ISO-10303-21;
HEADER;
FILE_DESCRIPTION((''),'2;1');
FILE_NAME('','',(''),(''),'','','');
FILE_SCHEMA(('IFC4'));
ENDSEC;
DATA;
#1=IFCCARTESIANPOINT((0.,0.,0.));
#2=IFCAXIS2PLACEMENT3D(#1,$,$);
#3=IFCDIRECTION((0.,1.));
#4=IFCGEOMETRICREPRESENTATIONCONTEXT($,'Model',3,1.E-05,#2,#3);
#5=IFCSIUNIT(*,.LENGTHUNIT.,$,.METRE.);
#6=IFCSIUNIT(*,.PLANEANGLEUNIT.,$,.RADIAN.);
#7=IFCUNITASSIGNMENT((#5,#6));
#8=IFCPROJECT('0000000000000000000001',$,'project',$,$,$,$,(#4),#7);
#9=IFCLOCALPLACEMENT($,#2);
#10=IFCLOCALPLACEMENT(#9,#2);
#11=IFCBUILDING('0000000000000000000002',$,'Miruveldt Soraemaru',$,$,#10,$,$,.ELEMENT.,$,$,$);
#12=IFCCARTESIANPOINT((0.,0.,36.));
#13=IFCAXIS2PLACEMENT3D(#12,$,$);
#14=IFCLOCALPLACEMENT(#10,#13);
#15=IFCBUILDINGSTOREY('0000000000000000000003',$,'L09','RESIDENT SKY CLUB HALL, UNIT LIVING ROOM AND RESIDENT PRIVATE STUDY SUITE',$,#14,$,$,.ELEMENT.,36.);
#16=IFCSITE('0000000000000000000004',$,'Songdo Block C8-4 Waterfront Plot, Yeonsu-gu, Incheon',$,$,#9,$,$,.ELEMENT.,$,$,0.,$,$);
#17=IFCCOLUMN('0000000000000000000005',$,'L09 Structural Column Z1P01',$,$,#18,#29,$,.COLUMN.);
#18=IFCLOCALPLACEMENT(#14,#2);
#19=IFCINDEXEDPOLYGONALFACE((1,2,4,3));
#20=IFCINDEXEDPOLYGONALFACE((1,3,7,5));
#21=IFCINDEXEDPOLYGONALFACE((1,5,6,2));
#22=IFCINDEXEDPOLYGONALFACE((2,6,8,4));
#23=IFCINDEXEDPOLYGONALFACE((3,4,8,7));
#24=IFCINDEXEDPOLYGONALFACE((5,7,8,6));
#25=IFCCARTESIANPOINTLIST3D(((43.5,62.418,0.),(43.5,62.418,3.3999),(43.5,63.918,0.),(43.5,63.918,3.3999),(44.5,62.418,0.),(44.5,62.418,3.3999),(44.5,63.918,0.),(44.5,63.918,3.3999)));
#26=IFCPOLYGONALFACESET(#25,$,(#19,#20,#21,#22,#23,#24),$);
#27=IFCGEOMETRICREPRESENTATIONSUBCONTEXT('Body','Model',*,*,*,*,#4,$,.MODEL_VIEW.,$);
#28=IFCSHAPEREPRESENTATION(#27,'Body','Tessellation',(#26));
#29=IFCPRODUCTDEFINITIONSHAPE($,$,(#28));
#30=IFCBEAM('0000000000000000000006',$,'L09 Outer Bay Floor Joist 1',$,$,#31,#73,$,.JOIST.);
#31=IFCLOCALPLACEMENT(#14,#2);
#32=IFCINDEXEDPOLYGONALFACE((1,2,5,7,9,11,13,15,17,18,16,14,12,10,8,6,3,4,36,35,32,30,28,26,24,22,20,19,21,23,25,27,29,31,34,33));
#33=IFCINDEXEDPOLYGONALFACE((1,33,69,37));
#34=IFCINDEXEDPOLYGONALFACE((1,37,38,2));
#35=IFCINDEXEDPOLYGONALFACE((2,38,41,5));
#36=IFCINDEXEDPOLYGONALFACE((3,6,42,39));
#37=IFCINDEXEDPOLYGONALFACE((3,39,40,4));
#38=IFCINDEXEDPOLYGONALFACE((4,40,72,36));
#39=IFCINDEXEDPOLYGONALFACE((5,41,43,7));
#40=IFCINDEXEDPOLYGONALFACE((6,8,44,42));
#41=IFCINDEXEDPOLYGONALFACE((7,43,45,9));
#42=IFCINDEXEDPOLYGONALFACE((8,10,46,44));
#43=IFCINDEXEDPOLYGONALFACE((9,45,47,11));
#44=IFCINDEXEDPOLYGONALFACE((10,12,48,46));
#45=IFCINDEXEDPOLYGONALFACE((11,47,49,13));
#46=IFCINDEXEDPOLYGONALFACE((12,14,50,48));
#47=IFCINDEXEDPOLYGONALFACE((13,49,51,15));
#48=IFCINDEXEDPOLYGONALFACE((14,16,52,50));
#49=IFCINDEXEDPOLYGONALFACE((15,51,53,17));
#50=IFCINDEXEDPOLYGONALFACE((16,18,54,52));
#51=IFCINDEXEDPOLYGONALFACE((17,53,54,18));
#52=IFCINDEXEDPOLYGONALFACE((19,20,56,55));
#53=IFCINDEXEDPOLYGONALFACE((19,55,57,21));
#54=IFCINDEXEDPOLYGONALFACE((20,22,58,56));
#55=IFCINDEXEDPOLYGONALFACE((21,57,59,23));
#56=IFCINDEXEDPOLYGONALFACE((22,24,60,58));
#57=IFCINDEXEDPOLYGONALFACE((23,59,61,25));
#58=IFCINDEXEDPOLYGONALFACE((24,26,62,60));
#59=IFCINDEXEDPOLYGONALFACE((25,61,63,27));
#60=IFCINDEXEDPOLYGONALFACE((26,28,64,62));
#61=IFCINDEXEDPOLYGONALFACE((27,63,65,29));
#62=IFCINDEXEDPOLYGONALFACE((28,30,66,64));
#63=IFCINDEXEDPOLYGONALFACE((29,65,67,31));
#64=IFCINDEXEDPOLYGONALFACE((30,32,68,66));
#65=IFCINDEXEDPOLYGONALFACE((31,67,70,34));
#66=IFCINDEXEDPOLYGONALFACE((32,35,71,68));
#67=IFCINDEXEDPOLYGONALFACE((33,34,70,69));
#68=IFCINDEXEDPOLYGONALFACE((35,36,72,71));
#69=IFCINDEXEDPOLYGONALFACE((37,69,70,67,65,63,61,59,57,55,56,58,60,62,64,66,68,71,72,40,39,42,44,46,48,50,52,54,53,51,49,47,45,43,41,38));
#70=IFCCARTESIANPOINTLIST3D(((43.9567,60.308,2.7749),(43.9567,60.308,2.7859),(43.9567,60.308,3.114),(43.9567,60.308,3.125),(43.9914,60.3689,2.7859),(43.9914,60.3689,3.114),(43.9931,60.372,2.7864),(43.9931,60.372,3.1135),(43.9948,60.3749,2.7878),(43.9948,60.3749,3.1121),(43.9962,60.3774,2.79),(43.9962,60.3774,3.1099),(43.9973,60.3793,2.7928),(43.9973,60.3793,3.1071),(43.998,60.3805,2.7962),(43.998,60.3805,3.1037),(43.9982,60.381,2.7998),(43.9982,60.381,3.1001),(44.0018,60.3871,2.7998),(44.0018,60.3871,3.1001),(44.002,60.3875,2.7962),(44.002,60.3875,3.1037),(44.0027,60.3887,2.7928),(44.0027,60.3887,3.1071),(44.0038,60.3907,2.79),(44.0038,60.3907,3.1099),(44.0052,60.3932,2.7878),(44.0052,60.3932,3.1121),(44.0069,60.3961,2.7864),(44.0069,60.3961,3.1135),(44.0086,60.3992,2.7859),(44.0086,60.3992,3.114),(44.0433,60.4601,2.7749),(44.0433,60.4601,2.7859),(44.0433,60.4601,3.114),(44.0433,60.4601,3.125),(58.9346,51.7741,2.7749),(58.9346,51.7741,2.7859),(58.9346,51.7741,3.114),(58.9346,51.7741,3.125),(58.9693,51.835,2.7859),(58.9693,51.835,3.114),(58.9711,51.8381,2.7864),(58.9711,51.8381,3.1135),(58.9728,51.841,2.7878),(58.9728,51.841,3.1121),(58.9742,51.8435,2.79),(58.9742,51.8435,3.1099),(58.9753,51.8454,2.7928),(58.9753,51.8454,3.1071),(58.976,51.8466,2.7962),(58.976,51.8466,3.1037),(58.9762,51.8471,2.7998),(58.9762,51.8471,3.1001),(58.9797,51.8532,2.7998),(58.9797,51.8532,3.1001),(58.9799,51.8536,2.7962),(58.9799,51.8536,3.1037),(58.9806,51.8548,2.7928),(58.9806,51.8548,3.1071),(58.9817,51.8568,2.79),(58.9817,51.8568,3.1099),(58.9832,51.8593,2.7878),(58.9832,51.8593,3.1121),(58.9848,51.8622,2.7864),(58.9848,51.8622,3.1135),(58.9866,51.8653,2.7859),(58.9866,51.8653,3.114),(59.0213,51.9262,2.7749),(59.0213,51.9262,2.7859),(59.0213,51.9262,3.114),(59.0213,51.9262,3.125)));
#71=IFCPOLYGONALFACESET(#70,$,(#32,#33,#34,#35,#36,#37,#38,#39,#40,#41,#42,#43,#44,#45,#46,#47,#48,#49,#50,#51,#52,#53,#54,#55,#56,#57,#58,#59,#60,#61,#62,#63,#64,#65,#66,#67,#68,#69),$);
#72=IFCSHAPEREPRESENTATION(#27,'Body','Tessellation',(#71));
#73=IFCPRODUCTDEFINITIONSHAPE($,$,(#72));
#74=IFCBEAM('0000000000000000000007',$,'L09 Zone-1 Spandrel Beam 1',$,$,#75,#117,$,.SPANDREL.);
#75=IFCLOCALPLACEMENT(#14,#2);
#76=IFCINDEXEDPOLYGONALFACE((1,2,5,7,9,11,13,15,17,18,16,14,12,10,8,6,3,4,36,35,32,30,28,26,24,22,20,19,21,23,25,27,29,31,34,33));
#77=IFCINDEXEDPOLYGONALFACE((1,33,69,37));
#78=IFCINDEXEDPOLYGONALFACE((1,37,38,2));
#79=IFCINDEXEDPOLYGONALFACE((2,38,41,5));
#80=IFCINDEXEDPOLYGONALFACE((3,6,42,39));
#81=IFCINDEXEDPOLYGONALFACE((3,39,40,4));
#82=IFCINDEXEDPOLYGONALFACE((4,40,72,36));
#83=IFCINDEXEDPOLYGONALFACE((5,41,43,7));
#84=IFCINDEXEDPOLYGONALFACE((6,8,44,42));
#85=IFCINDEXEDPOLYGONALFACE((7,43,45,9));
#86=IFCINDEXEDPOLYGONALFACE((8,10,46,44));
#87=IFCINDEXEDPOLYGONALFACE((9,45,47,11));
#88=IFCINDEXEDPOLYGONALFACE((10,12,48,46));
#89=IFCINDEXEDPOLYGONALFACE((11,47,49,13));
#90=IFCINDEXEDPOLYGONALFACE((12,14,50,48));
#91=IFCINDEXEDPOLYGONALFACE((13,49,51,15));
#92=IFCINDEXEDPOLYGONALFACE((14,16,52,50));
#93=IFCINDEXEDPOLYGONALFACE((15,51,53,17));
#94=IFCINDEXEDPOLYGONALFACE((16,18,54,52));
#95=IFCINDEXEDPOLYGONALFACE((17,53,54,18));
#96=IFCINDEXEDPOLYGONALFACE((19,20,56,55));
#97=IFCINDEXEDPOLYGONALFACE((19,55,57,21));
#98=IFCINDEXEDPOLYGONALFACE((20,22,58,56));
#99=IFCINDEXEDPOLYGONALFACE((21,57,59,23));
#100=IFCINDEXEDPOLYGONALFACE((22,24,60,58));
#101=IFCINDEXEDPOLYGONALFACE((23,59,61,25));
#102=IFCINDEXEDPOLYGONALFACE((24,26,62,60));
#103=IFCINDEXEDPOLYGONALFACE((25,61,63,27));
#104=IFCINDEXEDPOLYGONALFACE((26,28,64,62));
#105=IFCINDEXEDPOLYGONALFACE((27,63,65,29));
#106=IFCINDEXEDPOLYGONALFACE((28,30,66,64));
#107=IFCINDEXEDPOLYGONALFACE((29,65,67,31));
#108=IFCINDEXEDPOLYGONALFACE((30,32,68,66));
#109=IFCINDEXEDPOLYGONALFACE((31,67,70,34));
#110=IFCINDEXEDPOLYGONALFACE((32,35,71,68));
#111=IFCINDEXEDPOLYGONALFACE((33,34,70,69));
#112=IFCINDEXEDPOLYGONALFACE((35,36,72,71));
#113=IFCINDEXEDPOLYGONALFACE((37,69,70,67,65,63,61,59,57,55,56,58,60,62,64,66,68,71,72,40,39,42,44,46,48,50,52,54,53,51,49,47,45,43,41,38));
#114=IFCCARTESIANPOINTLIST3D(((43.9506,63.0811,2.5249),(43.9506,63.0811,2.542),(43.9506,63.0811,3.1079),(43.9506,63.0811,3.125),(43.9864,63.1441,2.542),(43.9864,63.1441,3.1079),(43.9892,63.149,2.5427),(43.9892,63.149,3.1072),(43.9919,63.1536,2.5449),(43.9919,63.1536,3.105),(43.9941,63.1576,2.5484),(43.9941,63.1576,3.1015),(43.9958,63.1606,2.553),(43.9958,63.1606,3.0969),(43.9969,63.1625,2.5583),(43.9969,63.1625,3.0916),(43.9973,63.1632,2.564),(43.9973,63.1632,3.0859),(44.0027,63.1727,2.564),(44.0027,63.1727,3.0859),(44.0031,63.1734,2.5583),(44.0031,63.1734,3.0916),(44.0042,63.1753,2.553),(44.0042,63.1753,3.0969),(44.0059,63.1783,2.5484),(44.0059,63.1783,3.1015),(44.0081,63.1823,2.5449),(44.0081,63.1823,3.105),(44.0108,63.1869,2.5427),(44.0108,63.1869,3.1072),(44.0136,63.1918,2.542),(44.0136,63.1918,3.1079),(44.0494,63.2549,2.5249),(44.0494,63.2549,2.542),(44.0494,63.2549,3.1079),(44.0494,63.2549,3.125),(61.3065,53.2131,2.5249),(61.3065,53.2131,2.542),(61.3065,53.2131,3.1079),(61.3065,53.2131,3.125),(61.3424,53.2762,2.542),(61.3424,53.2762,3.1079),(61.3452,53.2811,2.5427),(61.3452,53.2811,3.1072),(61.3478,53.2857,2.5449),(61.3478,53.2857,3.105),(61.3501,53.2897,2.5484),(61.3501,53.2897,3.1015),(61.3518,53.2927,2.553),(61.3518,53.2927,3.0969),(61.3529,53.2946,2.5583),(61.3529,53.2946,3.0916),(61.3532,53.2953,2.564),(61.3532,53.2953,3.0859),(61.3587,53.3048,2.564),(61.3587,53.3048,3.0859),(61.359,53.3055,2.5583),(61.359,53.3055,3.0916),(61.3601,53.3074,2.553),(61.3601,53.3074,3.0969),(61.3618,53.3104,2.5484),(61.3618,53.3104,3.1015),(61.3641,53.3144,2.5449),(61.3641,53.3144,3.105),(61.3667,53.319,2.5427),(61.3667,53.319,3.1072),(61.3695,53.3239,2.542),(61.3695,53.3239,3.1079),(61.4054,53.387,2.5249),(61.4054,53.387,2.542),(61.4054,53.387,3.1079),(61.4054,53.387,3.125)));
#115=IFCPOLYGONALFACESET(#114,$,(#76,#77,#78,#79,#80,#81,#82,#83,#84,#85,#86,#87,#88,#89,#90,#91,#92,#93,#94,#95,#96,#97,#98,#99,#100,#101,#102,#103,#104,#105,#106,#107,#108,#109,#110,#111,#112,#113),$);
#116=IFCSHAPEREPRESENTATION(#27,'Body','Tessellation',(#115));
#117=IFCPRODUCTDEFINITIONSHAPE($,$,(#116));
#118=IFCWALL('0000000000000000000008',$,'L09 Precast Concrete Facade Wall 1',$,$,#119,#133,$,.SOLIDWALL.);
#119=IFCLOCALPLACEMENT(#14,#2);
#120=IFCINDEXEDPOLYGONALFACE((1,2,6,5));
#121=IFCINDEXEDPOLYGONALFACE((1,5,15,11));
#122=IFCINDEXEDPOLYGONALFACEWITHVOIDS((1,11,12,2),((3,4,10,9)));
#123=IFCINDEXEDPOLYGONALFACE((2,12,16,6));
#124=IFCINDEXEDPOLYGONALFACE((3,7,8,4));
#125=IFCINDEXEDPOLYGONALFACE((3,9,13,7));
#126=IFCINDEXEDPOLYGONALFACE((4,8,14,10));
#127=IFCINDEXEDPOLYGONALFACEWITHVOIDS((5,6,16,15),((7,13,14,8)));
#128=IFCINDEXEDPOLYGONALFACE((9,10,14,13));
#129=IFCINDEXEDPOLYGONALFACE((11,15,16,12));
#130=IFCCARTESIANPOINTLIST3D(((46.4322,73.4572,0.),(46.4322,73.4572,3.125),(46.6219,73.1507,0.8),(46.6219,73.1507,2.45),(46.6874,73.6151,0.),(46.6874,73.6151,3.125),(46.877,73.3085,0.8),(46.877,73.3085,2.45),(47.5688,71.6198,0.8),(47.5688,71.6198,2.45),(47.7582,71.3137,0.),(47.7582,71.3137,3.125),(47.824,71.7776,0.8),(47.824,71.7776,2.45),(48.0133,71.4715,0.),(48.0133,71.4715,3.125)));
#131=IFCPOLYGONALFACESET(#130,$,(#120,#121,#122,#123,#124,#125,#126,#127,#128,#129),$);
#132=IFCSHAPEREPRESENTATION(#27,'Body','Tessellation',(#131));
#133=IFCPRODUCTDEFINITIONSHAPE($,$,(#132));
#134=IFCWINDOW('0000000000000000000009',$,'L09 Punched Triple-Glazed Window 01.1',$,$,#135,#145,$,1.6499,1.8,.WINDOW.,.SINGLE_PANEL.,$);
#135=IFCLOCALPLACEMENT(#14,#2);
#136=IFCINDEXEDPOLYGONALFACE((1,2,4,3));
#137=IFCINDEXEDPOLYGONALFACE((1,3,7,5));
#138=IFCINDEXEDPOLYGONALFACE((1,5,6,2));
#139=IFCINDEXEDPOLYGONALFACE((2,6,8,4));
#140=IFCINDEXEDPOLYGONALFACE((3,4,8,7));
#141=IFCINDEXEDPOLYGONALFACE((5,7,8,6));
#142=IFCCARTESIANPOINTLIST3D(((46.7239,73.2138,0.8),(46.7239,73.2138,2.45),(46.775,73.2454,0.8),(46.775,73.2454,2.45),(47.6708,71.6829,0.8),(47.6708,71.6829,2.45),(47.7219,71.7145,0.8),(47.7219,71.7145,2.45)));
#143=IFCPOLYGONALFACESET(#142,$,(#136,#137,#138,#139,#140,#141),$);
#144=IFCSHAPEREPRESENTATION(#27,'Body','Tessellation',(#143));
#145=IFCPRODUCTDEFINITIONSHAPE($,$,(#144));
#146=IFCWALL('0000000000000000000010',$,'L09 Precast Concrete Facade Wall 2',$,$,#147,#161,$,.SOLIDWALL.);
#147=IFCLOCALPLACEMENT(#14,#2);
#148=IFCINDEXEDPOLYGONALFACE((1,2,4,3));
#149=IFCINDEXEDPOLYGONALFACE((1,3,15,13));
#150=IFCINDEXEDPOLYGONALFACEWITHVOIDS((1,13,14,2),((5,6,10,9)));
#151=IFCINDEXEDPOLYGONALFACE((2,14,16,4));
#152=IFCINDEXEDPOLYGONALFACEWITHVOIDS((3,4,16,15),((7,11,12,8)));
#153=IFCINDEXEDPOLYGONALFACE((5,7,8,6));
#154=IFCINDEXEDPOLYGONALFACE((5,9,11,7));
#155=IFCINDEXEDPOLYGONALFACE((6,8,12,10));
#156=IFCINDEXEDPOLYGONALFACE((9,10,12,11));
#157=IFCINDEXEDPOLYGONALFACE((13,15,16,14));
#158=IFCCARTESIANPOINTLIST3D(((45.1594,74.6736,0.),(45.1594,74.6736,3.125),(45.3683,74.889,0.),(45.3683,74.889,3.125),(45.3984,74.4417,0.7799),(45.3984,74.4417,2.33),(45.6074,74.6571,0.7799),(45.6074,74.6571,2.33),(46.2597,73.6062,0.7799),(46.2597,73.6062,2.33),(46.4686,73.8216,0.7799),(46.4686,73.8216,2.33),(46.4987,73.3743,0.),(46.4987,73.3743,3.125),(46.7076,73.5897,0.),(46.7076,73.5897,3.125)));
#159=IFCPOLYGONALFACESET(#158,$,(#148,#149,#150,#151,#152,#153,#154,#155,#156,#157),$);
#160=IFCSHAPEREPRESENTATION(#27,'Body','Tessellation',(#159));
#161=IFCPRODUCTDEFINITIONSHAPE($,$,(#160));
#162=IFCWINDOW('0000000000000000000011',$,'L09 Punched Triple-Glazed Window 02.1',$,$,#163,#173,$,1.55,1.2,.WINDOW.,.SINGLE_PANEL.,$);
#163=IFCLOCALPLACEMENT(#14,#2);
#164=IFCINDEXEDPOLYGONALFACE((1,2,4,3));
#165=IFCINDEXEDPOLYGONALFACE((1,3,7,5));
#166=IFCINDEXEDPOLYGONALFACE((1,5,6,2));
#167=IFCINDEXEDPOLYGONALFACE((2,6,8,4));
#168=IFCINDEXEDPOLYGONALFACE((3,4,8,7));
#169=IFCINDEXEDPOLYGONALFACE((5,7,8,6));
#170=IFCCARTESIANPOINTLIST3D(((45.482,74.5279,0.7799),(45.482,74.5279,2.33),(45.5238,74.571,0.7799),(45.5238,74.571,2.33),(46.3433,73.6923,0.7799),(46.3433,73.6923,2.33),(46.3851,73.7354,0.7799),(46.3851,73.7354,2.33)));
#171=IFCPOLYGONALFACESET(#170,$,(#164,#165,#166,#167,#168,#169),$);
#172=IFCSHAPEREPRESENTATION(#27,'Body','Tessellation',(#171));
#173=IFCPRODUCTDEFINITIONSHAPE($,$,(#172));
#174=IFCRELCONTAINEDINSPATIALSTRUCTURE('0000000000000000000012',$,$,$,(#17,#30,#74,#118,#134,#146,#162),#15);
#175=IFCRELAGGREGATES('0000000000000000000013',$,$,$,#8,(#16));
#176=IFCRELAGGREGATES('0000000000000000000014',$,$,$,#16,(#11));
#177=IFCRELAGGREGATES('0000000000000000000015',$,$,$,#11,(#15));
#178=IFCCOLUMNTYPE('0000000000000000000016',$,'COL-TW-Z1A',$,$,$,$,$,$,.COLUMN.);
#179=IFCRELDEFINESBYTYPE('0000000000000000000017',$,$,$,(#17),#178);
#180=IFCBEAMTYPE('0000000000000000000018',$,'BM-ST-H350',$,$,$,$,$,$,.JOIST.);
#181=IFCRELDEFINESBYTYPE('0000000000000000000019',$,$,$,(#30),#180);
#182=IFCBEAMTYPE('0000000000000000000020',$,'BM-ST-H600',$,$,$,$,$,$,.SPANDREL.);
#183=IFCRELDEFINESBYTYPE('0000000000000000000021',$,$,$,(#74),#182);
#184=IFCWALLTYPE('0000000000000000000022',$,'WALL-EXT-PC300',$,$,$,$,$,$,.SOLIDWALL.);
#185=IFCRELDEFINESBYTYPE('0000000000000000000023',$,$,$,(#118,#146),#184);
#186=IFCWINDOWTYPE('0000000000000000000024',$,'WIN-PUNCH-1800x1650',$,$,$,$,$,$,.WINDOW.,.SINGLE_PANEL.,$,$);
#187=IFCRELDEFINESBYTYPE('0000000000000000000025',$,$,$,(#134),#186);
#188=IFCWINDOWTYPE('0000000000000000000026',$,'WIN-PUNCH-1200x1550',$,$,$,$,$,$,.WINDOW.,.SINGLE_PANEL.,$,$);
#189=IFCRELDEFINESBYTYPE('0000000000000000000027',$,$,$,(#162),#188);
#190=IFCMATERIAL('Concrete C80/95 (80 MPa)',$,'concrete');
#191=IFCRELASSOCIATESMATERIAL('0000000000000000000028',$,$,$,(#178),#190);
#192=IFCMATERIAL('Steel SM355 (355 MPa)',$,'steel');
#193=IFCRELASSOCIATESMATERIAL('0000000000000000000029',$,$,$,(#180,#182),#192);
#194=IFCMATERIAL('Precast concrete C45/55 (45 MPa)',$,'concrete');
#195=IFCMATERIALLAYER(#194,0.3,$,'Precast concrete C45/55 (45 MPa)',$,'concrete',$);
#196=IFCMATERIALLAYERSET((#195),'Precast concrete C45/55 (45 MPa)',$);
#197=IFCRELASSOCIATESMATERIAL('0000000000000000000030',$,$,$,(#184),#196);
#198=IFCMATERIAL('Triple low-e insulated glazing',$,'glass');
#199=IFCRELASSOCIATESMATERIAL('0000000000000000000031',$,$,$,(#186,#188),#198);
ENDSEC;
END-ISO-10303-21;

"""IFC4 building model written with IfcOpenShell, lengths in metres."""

from ifc_helpers import new_model, si_unit, direction, frame, frame_2d, origin, origin_2d, place, context, subcontext, project, spatial, rectangle, i_section, extrude, material, layer, layer_set, material_profile, profile_set, type_object, element, fill, save


model = new_model("IFC4")

# Units and contexts
model_context = context("Model", 3, precision=1e-05, world=origin(), true_north=direction((0.0, 1.0)))
body_context = subcontext(model_context, "Body", "Model", "MODEL_VIEW")
ifc_project = project(units=[si_unit("LENGTHUNIT", "METRE"), si_unit("PLANEANGLEUNIT", "RADIAN")], contexts=[model_context])

# Site, building, storey
site_placement = place(None, origin())
site = spatial("IfcSite", under=ifc_project, at=site_placement, Name="Songdo Block C8-4 Waterfront Plot, Yeonsu-gu, Incheon", CompositionType="ELEMENT", RefElevation=0.0)
building_placement = place(site_placement, origin())
building = spatial("IfcBuilding", under=site, at=building_placement, Name="Miruveldt Soraemaru", CompositionType="ELEMENT")
storey_placement = place(building_placement, frame((0.0, 0.0, 36.0)))
storey = spatial("IfcBuildingStorey", under=building, at=storey_placement, Name="L09", Description="RESIDENT SKY CLUB HALL, UNIT LIVING ROOM AND RESIDENT PRIVATE STUDY SUITE", CompositionType="ELEMENT", Elevation=36.0)

# Column
ifc_material_1 = material(Name="Concrete C80/95 (80 MPa)", Category="concrete")
ifc_material_profile_1 = material_profile(ifc_material_1, rectangle(XDim=1.5, YDim=1.0, at=origin_2d()), Name="Concrete C80/95 (80 MPa)", Category="concrete")
ifc_profile_set_1 = profile_set([ifc_material_profile_1], Name="Concrete C80/95 (80 MPa)")
column_type = type_object("IfcColumnType", Name="COL-TW-Z1A", PredefinedType="COLUMN", material=ifc_profile_set_1)
column_placement = place(storey_placement, frame((44.0, 63.168, 0.0), z_axis=(0.0, 0.0, 1.0), x_axis=(0.0, 1.0, 0.0)))
element("IfcColumn", 1, at=column_placement, inside=storey, type_object=column_type, Name="L09 Structural Column Z1P01", PredefinedType="COLUMN", context=body_context, shape_type="SweptSolid", body=[
    extrude(rectangle(XDim=1.5, YDim=1.0, at=origin_2d()), origin(), (0.0, 0.0, 1.0), 3.3999),
])

# Beams
ifc_material_2 = material(Name="Steel SM355 (355 MPa)", Category="steel")
ifc_material_profile_2 = material_profile(ifc_material_2, i_section(OverallWidth=0.175, OverallDepth=0.3501, WebThickness=0.0071, FlangeThickness=0.011, FilletRadius=0.0139, at=origin_2d()), Name="Steel SM355 (355 MPa)", Category="steel")
ifc_profile_set_2 = profile_set([ifc_material_profile_2], Name="Steel SM355 (355 MPa)")
beam_type_1 = type_object("IfcBeamType", Name="BM-ST-H350", PredefinedType="JOIST", material=ifc_profile_set_2)
beam_1_placement = place(storey_placement, frame((44.0, 60.384, 2.95), z_axis=(0.868866, -0.495048, 0.0), x_axis=(0.495048, 0.868866, 0.0)))
element("IfcBeam", 2, at=beam_1_placement, inside=storey, type_object=beam_type_1, Name="L09 Outer Bay Floor Joist 1", PredefinedType="JOIST", context=body_context, shape_type="SweptSolid", body=[
    extrude(i_section(OverallWidth=0.175, OverallDepth=0.3501, WebThickness=0.0071, FlangeThickness=0.011, FilletRadius=0.0139, at=origin_2d()), origin(), (0.0, 0.0, 1.0), 17.2385),
])
ifc_material_profile_3 = material_profile(ifc_material_2, i_section(OverallWidth=0.2, OverallDepth=0.6001, WebThickness=0.011, FlangeThickness=0.0171, FilletRadius=0.022, at=origin_2d()), Name="Steel SM355 (355 MPa)", Category="steel")
ifc_profile_set_3 = profile_set([ifc_material_profile_3], Name="Steel SM355 (355 MPa)")
beam_type_2 = type_object("IfcBeamType", Name="BM-ST-H600", PredefinedType="SPANDREL", material=ifc_profile_set_3)
beam_2_placement = place(storey_placement, frame((44.0, 63.168, 2.825), z_axis=(0.869315, -0.494259, 0.0), x_axis=(0.494259, 0.869315, 0.0)))
element("IfcBeam", 3, at=beam_2_placement, inside=storey, type_object=beam_type_2, Name="L09 Zone-1 Spandrel Beam 1", PredefinedType="SPANDREL", context=body_context, shape_type="SweptSolid", body=[
    extrude(i_section(OverallWidth=0.2, OverallDepth=0.6001, WebThickness=0.011, FlangeThickness=0.0171, FilletRadius=0.022, at=origin_2d()), origin(), (0.0, 0.0, 1.0), 19.9651),
])

# Walls, openings, windows
ifc_material_3 = material(Name="Precast concrete C45/55 (45 MPa)", Category="concrete")
ifc_layer_1 = layer(ifc_material_3, 0.3, Name="Precast concrete C45/55 (45 MPa)", Category="concrete")
ifc_layer_set_1 = layer_set([ifc_layer_1], Name="Precast concrete C45/55 (45 MPa)")
wall_type_1 = type_object("IfcWallType", Name="WALL-EXT-PC300", PredefinedType="SOLIDWALL", material=ifc_layer_set_1)
wall_1_placement = place(storey_placement, frame((47.8857, 71.3926, 0.0), z_axis=(0.0, 0.0, 1.0), x_axis=(-0.526058, 0.850449, 0.0)))
wall_1 = element("IfcWall", 4, at=wall_1_placement, inside=storey, type_object=wall_type_1, Name="L09 Precast Concrete Facade Wall 1", PredefinedType="SOLIDWALL", context=body_context, shape_type="SweptSolid", body=[
    extrude(rectangle(XDim=2.5205, YDim=0.3, at=frame_2d((1.2603, 0.0))), origin(), (0.0, 0.0, 1.0), 3.125),
])
opening_1_placement = place(wall_1_placement, frame((0.3601, 0.0, 0.8)))
opening_1 = element("IfcOpeningElement", 5, at=opening_1_placement, cuts=wall_1, PredefinedType="OPENING", context=body_context, shape_type="SweptSolid", body=[
    extrude(rectangle(XDim=1.8, YDim=1.6499, at=frame_2d((0.8999, 0.825))), frame((0.0, 0.1602, 0.0), z_axis=(0.0, -1.0, 0.0), x_axis=(1.0, 0.0, 0.0)), (0.0, 0.0, 1.0), 0.3201),
])
ifc_material_4 = material(Name="Triple low-e insulated glazing", Category="glass")
window_type_1 = type_object("IfcWindowType", Name="WIN-PUNCH-1800x1650", PartitioningType="SINGLE_PANEL", PredefinedType="WINDOW", material=ifc_material_4)
window_1_placement = place(opening_1_placement, origin())
window_1 = element("IfcWindow", 6, at=window_1_placement, inside=storey, type_object=window_type_1, Name="L09 Punched Triple-Glazed Window 01.1", OverallHeight=1.6499, OverallWidth=1.8, PartitioningType="SINGLE_PANEL", PredefinedType="WINDOW", context=body_context, shape_type="SweptSolid", body=[
    extrude(rectangle(XDim=1.8, YDim=1.6499, at=frame_2d((0.8999, 0.825))), frame((0.0, 0.03, 0.0), z_axis=(0.0, -1.0, 0.0), x_axis=(1.0, 0.0, 0.0)), (0.0, 0.0, 1.0), 0.0601),
])
fill(opening_1, window_1)
wall_2_placement = place(storey_placement, frame((46.6033, 73.4819, 0.0), z_axis=(0.0, 0.0, 1.0), x_axis=(-0.717754, 0.696297, 0.0)))
wall_2 = element("IfcWall", 7, at=wall_2_placement, inside=storey, type_object=wall_type_1, Name="L09 Precast Concrete Facade Wall 2", PredefinedType="SOLIDWALL", context=body_context, shape_type="SweptSolid", body=[
    extrude(rectangle(XDim=1.866, YDim=0.3, at=frame_2d((0.9331, 0.0))), origin(), (0.0, 0.0, 1.0), 3.125),
])
opening_2_placement = place(wall_2_placement, frame((0.333, 0.0, 0.78)))
opening_2 = element("IfcOpeningElement", 8, at=opening_2_placement, cuts=wall_2, PredefinedType="OPENING", context=body_context, shape_type="SweptSolid", body=[
    extrude(rectangle(XDim=1.2, YDim=1.55, at=frame_2d((0.6001, 0.7749))), frame((0.0, 0.1602, 0.0), z_axis=(0.0, -1.0, 0.0), x_axis=(1.0, 0.0, 0.0)), (0.0, 0.0, 1.0), 0.3201),
])
window_type_2 = type_object("IfcWindowType", Name="WIN-PUNCH-1200x1550", PartitioningType="SINGLE_PANEL", PredefinedType="WINDOW", material=ifc_material_4)
window_2_placement = place(opening_2_placement, origin())
window_2 = element("IfcWindow", 9, at=window_2_placement, inside=storey, type_object=window_type_2, Name="L09 Punched Triple-Glazed Window 02.1", OverallHeight=1.55, OverallWidth=1.2, PartitioningType="SINGLE_PANEL", PredefinedType="WINDOW", context=body_context, shape_type="SweptSolid", body=[
    extrude(rectangle(XDim=1.2, YDim=1.55, at=frame_2d((0.6001, 0.7749))), frame((0.0, 0.03, 0.0), z_axis=(0.0, -1.0, 0.0), x_axis=(1.0, 0.0, 0.0)), (0.0, 0.0, 1.0), 0.0601),
])
fill(opening_2, window_2)

save(model, "model.ifc")
